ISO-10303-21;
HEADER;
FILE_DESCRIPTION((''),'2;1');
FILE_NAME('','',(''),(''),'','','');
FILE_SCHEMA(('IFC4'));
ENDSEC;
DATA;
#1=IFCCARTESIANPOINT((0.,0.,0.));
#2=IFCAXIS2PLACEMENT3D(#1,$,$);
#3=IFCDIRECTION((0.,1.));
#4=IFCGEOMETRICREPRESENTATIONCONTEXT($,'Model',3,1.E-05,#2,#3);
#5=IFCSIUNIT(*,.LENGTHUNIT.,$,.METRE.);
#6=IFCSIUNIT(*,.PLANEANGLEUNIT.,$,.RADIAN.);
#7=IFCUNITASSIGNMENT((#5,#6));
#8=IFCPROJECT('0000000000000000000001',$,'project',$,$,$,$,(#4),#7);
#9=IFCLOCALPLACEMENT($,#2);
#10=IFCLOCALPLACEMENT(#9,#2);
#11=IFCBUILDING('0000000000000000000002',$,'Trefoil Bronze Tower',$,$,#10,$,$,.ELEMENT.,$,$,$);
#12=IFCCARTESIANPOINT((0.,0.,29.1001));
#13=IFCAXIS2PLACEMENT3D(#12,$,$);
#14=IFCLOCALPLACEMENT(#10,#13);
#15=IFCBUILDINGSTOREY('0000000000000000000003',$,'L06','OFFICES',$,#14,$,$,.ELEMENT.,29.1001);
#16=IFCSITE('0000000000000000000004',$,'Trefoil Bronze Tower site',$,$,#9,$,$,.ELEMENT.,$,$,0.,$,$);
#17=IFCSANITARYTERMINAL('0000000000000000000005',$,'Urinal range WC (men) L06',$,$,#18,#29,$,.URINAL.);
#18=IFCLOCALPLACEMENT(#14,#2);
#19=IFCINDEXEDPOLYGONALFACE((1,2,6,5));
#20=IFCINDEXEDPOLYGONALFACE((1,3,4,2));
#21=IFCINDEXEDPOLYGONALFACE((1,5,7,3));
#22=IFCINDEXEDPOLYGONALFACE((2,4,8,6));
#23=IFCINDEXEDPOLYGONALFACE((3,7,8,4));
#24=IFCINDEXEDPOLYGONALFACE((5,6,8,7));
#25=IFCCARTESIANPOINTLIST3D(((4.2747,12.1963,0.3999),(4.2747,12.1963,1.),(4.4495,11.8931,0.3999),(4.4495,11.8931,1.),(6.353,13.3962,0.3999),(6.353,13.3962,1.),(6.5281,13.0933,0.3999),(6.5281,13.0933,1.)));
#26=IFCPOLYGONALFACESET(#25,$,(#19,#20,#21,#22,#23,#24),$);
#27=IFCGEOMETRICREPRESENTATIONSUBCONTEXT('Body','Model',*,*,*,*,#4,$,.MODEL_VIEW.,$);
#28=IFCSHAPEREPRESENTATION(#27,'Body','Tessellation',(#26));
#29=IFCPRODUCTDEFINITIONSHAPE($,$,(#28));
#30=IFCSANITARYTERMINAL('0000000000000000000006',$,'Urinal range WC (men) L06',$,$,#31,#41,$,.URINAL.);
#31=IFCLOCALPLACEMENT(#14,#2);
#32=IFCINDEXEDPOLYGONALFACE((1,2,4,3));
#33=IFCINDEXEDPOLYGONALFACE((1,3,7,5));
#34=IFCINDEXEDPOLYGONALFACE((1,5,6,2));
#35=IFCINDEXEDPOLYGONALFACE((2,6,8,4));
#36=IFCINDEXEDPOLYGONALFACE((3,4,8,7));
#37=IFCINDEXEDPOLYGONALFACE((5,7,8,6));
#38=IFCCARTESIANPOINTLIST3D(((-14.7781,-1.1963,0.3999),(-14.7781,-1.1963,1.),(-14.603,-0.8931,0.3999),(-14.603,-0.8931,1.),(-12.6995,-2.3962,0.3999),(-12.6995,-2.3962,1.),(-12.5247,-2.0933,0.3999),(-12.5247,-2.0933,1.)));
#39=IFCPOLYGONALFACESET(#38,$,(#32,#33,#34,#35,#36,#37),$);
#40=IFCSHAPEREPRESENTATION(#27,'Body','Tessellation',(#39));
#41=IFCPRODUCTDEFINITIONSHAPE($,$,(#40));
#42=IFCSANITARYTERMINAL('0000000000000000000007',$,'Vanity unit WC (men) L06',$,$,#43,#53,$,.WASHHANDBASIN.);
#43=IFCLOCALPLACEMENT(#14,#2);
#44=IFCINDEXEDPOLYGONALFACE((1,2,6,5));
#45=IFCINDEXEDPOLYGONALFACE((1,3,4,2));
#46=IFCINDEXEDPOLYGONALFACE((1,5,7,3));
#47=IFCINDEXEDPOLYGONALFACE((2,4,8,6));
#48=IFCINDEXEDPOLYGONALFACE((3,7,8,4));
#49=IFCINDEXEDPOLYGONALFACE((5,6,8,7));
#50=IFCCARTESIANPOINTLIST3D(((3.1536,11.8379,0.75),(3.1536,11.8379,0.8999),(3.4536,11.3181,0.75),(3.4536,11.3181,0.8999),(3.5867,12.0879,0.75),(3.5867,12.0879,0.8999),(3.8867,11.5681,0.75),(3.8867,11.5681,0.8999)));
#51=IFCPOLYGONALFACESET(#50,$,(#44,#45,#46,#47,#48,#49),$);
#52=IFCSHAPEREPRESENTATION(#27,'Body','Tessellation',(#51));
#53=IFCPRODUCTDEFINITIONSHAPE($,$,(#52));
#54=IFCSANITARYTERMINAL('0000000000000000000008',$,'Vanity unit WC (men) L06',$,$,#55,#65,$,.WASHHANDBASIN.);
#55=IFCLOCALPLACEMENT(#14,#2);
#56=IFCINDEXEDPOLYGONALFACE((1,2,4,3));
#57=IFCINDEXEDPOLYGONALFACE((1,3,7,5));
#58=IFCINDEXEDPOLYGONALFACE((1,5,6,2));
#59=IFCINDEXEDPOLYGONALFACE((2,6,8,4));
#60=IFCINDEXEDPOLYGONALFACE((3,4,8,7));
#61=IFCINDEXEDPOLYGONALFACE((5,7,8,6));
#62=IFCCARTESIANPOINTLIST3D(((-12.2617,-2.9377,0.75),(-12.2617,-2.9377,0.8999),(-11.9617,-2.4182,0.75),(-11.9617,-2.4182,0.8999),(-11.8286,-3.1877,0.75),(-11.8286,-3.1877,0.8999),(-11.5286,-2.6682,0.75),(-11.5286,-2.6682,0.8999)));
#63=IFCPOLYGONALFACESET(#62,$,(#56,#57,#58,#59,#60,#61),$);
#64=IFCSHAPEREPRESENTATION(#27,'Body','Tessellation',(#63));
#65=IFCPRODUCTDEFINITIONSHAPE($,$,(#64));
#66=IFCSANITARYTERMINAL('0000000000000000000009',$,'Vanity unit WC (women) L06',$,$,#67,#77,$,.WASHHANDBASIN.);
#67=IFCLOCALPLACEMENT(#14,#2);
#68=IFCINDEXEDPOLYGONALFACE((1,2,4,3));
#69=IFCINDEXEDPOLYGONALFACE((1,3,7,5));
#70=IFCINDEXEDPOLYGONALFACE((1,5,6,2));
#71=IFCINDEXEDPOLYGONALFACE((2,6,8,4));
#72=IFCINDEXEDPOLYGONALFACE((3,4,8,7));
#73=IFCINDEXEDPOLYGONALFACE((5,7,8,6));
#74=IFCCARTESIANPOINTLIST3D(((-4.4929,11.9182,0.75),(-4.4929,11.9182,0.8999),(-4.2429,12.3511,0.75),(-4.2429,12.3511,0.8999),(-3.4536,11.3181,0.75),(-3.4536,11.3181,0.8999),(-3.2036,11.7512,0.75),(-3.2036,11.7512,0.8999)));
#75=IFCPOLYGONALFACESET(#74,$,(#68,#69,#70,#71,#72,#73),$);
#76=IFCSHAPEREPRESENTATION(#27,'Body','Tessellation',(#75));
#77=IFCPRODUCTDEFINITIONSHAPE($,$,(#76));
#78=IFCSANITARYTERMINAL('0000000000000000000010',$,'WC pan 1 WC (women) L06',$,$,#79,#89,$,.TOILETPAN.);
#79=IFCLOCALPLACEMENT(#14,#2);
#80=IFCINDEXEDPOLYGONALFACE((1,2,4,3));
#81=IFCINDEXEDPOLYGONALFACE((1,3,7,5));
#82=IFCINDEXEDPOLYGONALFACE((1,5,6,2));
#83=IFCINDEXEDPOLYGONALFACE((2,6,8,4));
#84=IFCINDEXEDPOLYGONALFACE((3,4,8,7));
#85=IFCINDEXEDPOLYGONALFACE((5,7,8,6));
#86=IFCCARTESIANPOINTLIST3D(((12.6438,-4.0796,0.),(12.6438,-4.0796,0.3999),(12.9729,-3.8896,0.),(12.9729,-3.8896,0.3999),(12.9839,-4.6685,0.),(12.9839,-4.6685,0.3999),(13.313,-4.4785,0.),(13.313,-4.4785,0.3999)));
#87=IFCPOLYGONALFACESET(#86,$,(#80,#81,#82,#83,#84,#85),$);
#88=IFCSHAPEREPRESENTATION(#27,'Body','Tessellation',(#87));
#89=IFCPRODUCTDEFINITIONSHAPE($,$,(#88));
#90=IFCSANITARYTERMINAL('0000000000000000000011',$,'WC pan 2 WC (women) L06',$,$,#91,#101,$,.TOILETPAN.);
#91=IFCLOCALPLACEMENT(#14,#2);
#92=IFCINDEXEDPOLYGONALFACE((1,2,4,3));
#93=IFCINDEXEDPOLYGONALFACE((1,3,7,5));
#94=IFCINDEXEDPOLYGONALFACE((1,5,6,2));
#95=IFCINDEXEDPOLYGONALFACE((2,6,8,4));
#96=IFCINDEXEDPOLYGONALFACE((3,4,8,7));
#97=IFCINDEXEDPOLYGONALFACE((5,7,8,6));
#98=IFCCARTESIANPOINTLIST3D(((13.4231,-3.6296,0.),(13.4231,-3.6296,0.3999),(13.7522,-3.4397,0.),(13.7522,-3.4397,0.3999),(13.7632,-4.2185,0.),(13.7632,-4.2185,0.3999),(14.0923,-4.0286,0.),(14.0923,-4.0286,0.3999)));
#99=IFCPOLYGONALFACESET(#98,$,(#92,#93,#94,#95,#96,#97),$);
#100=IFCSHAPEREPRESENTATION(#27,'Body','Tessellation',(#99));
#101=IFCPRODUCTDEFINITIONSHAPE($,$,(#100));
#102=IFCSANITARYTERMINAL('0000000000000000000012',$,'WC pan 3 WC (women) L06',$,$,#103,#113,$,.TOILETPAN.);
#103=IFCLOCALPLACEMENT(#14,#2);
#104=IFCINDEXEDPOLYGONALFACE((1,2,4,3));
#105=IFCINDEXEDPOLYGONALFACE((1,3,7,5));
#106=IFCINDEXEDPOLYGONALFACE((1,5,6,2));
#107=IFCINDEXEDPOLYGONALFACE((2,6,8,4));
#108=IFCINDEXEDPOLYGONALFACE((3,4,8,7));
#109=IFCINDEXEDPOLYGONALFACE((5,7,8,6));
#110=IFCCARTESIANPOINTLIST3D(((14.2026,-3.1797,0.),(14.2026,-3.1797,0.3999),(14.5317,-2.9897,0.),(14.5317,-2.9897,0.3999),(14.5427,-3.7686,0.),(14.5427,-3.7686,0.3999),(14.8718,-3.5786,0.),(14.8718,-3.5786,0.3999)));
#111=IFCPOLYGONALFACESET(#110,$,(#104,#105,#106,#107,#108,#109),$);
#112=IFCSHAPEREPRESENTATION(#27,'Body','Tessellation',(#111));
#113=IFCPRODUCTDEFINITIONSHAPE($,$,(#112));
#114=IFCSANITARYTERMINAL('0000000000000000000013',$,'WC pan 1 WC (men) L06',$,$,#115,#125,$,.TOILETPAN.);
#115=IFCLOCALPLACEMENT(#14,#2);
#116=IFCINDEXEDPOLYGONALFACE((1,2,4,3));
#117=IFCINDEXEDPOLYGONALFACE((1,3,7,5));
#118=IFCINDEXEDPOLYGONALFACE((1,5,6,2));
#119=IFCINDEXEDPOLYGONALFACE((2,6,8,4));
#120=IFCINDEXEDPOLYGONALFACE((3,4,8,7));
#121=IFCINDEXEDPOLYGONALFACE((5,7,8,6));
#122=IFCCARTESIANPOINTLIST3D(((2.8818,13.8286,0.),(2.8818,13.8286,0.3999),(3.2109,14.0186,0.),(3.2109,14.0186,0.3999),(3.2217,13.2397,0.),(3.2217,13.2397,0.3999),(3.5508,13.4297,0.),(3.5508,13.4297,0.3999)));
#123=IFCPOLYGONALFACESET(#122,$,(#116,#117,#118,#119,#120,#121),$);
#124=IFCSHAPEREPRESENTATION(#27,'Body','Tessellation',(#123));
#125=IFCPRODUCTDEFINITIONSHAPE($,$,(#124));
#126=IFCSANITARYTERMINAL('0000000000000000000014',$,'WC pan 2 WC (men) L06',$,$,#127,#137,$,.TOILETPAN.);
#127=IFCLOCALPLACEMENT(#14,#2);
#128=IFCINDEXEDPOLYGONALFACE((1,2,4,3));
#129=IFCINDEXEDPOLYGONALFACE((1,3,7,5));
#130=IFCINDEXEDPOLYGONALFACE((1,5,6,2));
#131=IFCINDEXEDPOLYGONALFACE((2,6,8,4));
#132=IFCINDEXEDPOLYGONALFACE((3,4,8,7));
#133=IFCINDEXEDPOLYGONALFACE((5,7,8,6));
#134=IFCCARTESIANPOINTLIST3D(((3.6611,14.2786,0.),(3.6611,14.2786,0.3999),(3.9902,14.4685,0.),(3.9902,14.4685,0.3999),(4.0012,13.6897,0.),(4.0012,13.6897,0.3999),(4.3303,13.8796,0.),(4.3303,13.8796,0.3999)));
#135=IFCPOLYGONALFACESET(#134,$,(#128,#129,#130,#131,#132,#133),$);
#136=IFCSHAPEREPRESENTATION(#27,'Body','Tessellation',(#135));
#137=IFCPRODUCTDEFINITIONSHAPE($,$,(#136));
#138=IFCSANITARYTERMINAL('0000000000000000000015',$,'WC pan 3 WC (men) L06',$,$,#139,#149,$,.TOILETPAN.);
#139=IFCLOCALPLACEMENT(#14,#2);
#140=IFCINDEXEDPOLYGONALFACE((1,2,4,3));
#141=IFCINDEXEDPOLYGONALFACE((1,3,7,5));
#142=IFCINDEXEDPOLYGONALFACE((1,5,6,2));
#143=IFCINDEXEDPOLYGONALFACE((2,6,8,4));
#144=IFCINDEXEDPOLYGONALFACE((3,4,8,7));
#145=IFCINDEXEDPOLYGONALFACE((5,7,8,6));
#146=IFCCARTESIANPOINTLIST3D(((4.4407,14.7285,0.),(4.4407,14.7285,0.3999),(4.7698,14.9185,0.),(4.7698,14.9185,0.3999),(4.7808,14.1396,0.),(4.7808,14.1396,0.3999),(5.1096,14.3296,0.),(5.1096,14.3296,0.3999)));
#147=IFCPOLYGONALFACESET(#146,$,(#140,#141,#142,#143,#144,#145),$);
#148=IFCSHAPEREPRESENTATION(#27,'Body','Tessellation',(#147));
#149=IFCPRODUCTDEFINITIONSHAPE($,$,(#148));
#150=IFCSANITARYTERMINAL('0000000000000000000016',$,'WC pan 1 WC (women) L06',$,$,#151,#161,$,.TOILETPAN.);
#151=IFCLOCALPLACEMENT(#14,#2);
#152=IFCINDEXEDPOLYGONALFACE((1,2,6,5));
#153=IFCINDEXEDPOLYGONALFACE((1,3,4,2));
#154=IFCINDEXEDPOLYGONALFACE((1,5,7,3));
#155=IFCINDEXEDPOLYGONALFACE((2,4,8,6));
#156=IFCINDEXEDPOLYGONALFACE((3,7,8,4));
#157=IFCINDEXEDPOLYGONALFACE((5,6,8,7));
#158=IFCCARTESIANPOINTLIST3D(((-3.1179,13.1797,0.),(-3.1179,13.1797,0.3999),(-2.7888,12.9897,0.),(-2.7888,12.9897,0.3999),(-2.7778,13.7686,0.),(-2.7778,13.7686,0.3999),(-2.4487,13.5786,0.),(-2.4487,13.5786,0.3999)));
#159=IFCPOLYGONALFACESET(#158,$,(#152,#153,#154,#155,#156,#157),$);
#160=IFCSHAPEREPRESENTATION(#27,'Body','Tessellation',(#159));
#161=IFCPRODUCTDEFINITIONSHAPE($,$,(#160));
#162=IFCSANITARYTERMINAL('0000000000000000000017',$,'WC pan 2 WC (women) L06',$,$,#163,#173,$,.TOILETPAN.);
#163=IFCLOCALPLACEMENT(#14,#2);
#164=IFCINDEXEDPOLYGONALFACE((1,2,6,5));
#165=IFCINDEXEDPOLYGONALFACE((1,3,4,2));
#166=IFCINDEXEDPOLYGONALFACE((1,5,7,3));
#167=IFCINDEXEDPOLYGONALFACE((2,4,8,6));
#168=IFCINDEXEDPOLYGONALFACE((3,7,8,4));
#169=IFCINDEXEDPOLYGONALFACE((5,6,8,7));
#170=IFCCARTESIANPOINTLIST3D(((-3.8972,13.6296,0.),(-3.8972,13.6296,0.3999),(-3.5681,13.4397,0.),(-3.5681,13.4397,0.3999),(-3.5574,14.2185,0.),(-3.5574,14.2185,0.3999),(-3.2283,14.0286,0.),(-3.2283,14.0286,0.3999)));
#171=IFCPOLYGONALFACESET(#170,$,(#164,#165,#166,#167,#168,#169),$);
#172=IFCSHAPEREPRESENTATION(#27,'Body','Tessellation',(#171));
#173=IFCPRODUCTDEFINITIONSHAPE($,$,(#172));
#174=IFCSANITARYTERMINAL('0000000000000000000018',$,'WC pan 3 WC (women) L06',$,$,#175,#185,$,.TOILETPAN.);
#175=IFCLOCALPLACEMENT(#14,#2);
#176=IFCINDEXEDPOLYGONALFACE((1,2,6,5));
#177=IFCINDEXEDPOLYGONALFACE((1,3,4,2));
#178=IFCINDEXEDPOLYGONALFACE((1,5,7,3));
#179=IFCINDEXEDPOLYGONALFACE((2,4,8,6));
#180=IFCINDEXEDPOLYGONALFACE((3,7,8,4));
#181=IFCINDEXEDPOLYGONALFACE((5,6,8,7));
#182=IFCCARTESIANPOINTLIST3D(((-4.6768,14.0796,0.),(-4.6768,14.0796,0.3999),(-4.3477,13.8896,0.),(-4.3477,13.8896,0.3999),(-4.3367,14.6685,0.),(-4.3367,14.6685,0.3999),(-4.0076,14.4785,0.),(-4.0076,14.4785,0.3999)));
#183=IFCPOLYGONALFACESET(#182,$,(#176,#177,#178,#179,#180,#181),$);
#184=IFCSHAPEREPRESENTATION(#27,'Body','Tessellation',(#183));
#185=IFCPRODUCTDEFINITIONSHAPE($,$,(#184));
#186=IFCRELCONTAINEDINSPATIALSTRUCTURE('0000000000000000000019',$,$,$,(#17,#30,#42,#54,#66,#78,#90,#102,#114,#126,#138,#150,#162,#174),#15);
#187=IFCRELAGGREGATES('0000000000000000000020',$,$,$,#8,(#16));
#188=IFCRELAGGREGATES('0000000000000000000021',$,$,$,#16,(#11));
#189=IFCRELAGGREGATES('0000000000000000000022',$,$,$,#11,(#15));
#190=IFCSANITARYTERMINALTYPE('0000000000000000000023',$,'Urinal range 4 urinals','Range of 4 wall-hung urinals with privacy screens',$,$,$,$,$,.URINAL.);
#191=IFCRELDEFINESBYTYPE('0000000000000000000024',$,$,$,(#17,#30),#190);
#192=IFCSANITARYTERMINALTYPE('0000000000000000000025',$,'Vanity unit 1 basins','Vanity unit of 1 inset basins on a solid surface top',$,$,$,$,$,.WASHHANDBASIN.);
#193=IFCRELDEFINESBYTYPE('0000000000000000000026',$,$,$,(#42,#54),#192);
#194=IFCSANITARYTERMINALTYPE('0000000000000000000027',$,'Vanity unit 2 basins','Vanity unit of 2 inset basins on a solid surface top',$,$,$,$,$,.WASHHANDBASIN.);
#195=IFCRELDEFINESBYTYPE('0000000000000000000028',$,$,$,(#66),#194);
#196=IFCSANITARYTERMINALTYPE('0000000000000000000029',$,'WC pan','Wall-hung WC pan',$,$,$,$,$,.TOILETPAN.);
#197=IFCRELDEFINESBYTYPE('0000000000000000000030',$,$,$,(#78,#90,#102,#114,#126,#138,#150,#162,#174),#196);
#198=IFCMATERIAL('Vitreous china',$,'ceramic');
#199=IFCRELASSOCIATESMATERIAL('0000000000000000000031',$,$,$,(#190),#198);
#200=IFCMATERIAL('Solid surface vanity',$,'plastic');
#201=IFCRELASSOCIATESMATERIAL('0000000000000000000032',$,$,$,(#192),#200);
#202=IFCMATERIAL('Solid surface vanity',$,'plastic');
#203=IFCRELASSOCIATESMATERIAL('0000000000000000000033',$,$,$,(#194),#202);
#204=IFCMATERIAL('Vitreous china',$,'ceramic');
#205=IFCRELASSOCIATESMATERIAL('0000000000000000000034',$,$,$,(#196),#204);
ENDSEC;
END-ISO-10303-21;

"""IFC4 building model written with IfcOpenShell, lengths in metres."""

from ifc_helpers import new_model, si_unit, direction, frame, origin, place, context, subcontext, project, spatial, polyline, outline, extrude, material, type_object, element, save


model = new_model("IFC4")

# Units and contexts
model_context = context("Model", 3, precision=1e-05, world=origin(), true_north=direction((0.0, 1.0)))
body_context = subcontext(model_context, "Body", "Model", "MODEL_VIEW")
ifc_project = project(units=[si_unit("LENGTHUNIT", "METRE"), si_unit("PLANEANGLEUNIT", "RADIAN")], contexts=[model_context])

# Site, building, storey
site_placement = place(None, origin())
site = spatial("IfcSite", under=ifc_project, at=site_placement, Name="Trefoil Bronze Tower site", CompositionType="ELEMENT", RefElevation=0.0)
building_placement = place(site_placement, origin())
building = spatial("IfcBuilding", under=site, at=building_placement, Name="Trefoil Bronze Tower", CompositionType="ELEMENT")
storey_placement = place(building_placement, frame((0.0, 0.0, 29.1001)))
storey = spatial("IfcBuildingStorey", under=building, at=storey_placement, Name="L06", Description="OFFICES", CompositionType="ELEMENT", Elevation=29.1001)

# Sanitary terminals
ifc_material_1 = material(Name="Vitreous china", Category="ceramic")
sanitary_terminal_type_1 = type_object("IfcSanitaryTerminalType", Name="Urinal range 4 urinals", Description="Range of 4 wall-hung urinals with privacy screens", PredefinedType="URINAL", material=ifc_material_1)
sanitary_terminal_1_placement = place(storey_placement, frame((0.0, 0.0, 0.3999)))
element("IfcSanitaryTerminal", 1, at=sanitary_terminal_1_placement, inside=storey, type_object=sanitary_terminal_type_1, Name="Urinal range WC (men) L06", PredefinedType="URINAL", context=body_context, shape_type="SweptSolid", body=[
    extrude(outline(polyline([(4.4495, 11.8931), (4.2747, 12.1963), (6.353, 13.3962), (6.5281, 13.0933), (4.4495, 11.8931)])), origin(), (0.0, 0.0, 1.0), 0.6001),
])
sanitary_terminal_2_placement = place(storey_placement, frame((0.0, 0.0, 0.3999)))
element("IfcSanitaryTerminal", 2, at=sanitary_terminal_2_placement, inside=storey, type_object=sanitary_terminal_type_1, Name="Urinal range WC (men) L06", PredefinedType="URINAL", context=body_context, shape_type="SweptSolid", body=[
    extrude(outline(polyline([(-12.5247, -2.0933), (-12.6995, -2.3962), (-14.7781, -1.1963), (-14.603, -0.8931), (-12.5247, -2.0933)])), origin(), (0.0, 0.0, 1.0), 0.6001),
])
ifc_material_2 = material(Name="Solid surface vanity", Category="plastic")
sanitary_terminal_type_2 = type_object("IfcSanitaryTerminalType", Name="Vanity unit 1 basins", Description="Vanity unit of 1 inset basins on a solid surface top", PredefinedType="WASHHANDBASIN", material=ifc_material_2)
sanitary_terminal_3_placement = place(storey_placement, frame((0.0, 0.0, 0.75)))
element("IfcSanitaryTerminal", 3, at=sanitary_terminal_3_placement, inside=storey, type_object=sanitary_terminal_type_2, Name="Vanity unit WC (men) L06", PredefinedType="WASHHANDBASIN", context=body_context, shape_type="SweptSolid", body=[
    extrude(outline(polyline([(3.4536, 11.3181), (3.1536, 11.8379), (3.5867, 12.0879), (3.8867, 11.5681), (3.4536, 11.3181)])), origin(), (0.0, 0.0, 1.0), 0.1499),
])
sanitary_terminal_4_placement = place(storey_placement, frame((0.0, 0.0, 0.75)))
element("IfcSanitaryTerminal", 4, at=sanitary_terminal_4_placement, inside=storey, type_object=sanitary_terminal_type_2, Name="Vanity unit WC (men) L06", PredefinedType="WASHHANDBASIN", context=body_context, shape_type="SweptSolid", body=[
    extrude(outline(polyline([(-11.5286, -2.6682), (-11.8286, -3.1877), (-12.2617, -2.9377), (-11.9617, -2.4182), (-11.5286, -2.6682)])), origin(), (0.0, 0.0, 1.0), 0.1499),
])
ifc_material_3 = material(Name="Solid surface vanity", Category="plastic")
sanitary_terminal_type_3 = type_object("IfcSanitaryTerminalType", Name="Vanity unit 2 basins", Description="Vanity unit of 2 inset basins on a solid surface top", PredefinedType="WASHHANDBASIN", material=ifc_material_3)
sanitary_terminal_5_placement = place(storey_placement, frame((0.0, 0.0, 0.75)))
element("IfcSanitaryTerminal", 5, at=sanitary_terminal_5_placement, inside=storey, type_object=sanitary_terminal_type_3, Name="Vanity unit WC (women) L06", PredefinedType="WASHHANDBASIN", context=body_context, shape_type="SweptSolid", body=[
    extrude(outline(polyline([(-3.4536, 11.3181), (-3.2036, 11.7512), (-4.2429, 12.3511), (-4.4929, 11.9182), (-3.4536, 11.3181)])), origin(), (0.0, 0.0, 1.0), 0.1499),
])
ifc_material_4 = material(Name="Vitreous china", Category="ceramic")
sanitary_terminal_type_4 = type_object("IfcSanitaryTerminalType", Name="WC pan", Description="Wall-hung WC pan", PredefinedType="TOILETPAN", material=ifc_material_4)
sanitary_terminal_6_placement = place(storey_placement, origin())
element("IfcSanitaryTerminal", 6, at=sanitary_terminal_6_placement, inside=storey, type_object=sanitary_terminal_type_4, Name="WC pan 1 WC (women) L06", PredefinedType="TOILETPAN", context=body_context, shape_type="SweptSolid", body=[
    extrude(outline(polyline([(12.6438, -4.0796), (12.9839, -4.6685), (13.313, -4.4785), (12.9729, -3.8896), (12.6438, -4.0796)])), origin(), (0.0, 0.0, 1.0), 0.3999),
])
sanitary_terminal_7_placement = place(storey_placement, origin())
element("IfcSanitaryTerminal", 7, at=sanitary_terminal_7_placement, inside=storey, type_object=sanitary_terminal_type_4, Name="WC pan 2 WC (women) L06", PredefinedType="TOILETPAN", context=body_context, shape_type="SweptSolid", body=[
    extrude(outline(polyline([(13.4231, -3.6296), (13.7632, -4.2185), (14.0923, -4.0286), (13.7522, -3.4397), (13.4231, -3.6296)])), origin(), (0.0, 0.0, 1.0), 0.3999),
])
sanitary_terminal_8_placement = place(storey_placement, origin())
element("IfcSanitaryTerminal", 8, at=sanitary_terminal_8_placement, inside=storey, type_object=sanitary_terminal_type_4, Name="WC pan 3 WC (women) L06", PredefinedType="TOILETPAN", context=body_context, shape_type="SweptSolid", body=[
    extrude(outline(polyline([(14.2026, -3.1797), (14.5427, -3.7686), (14.8718, -3.5786), (14.5317, -2.9897), (14.2026, -3.1797)])), origin(), (0.0, 0.0, 1.0), 0.3999),
])
sanitary_terminal_9_placement = place(storey_placement, origin())
element("IfcSanitaryTerminal", 9, at=sanitary_terminal_9_placement, inside=storey, type_object=sanitary_terminal_type_4, Name="WC pan 1 WC (men) L06", PredefinedType="TOILETPAN", context=body_context, shape_type="SweptSolid", body=[
    extrude(outline(polyline([(3.2217, 13.2397), (2.8818, 13.8286), (3.2109, 14.0186), (3.5508, 13.4297), (3.2217, 13.2397)])), origin(), (0.0, 0.0, 1.0), 0.3999),
])
sanitary_terminal_10_placement = place(storey_placement, origin())
element("IfcSanitaryTerminal", 10, at=sanitary_terminal_10_placement, inside=storey, type_object=sanitary_terminal_type_4, Name="WC pan 2 WC (men) L06", PredefinedType="TOILETPAN", context=body_context, shape_type="SweptSolid", body=[
    extrude(outline(polyline([(4.0012, 13.6897), (3.6611, 14.2786), (3.9902, 14.4685), (4.3303, 13.8796), (4.0012, 13.6897)])), origin(), (0.0, 0.0, 1.0), 0.3999),
])
sanitary_terminal_11_placement = place(storey_placement, origin())
element("IfcSanitaryTerminal", 11, at=sanitary_terminal_11_placement, inside=storey, type_object=sanitary_terminal_type_4, Name="WC pan 3 WC (men) L06", PredefinedType="TOILETPAN", context=body_context, shape_type="SweptSolid", body=[
    extrude(outline(polyline([(4.7808, 14.1396), (4.4407, 14.7285), (4.7698, 14.9185), (5.1096, 14.3296), (4.7808, 14.1396)])), origin(), (0.0, 0.0, 1.0), 0.3999),
])
sanitary_terminal_12_placement = place(storey_placement, origin())
element("IfcSanitaryTerminal", 12, at=sanitary_terminal_12_placement, inside=storey, type_object=sanitary_terminal_type_4, Name="WC pan 1 WC (women) L06", PredefinedType="TOILETPAN", context=body_context, shape_type="SweptSolid", body=[
    extrude(outline(polyline([(-2.7888, 12.9897), (-2.4487, 13.5786), (-2.7778, 13.7686), (-3.1179, 13.1797), (-2.7888, 12.9897)])), origin(), (0.0, 0.0, 1.0), 0.3999),
])
sanitary_terminal_13_placement = place(storey_placement, origin())
element("IfcSanitaryTerminal", 13, at=sanitary_terminal_13_placement, inside=storey, type_object=sanitary_terminal_type_4, Name="WC pan 2 WC (women) L06", PredefinedType="TOILETPAN", context=body_context, shape_type="SweptSolid", body=[
    extrude(outline(polyline([(-3.5681, 13.4397), (-3.2283, 14.0286), (-3.5574, 14.2185), (-3.8972, 13.6296), (-3.5681, 13.4397)])), origin(), (0.0, 0.0, 1.0), 0.3999),
])
sanitary_terminal_14_placement = place(storey_placement, origin())
element("IfcSanitaryTerminal", 14, at=sanitary_terminal_14_placement, inside=storey, type_object=sanitary_terminal_type_4, Name="WC pan 3 WC (women) L06", PredefinedType="TOILETPAN", context=body_context, shape_type="SweptSolid", body=[
    extrude(outline(polyline([(-4.3477, 13.8896), (-4.0076, 14.4785), (-4.3367, 14.6685), (-4.6768, 14.0796), (-4.3477, 13.8896)])), origin(), (0.0, 0.0, 1.0), 0.3999),
])

save(model, "model.ifc")
